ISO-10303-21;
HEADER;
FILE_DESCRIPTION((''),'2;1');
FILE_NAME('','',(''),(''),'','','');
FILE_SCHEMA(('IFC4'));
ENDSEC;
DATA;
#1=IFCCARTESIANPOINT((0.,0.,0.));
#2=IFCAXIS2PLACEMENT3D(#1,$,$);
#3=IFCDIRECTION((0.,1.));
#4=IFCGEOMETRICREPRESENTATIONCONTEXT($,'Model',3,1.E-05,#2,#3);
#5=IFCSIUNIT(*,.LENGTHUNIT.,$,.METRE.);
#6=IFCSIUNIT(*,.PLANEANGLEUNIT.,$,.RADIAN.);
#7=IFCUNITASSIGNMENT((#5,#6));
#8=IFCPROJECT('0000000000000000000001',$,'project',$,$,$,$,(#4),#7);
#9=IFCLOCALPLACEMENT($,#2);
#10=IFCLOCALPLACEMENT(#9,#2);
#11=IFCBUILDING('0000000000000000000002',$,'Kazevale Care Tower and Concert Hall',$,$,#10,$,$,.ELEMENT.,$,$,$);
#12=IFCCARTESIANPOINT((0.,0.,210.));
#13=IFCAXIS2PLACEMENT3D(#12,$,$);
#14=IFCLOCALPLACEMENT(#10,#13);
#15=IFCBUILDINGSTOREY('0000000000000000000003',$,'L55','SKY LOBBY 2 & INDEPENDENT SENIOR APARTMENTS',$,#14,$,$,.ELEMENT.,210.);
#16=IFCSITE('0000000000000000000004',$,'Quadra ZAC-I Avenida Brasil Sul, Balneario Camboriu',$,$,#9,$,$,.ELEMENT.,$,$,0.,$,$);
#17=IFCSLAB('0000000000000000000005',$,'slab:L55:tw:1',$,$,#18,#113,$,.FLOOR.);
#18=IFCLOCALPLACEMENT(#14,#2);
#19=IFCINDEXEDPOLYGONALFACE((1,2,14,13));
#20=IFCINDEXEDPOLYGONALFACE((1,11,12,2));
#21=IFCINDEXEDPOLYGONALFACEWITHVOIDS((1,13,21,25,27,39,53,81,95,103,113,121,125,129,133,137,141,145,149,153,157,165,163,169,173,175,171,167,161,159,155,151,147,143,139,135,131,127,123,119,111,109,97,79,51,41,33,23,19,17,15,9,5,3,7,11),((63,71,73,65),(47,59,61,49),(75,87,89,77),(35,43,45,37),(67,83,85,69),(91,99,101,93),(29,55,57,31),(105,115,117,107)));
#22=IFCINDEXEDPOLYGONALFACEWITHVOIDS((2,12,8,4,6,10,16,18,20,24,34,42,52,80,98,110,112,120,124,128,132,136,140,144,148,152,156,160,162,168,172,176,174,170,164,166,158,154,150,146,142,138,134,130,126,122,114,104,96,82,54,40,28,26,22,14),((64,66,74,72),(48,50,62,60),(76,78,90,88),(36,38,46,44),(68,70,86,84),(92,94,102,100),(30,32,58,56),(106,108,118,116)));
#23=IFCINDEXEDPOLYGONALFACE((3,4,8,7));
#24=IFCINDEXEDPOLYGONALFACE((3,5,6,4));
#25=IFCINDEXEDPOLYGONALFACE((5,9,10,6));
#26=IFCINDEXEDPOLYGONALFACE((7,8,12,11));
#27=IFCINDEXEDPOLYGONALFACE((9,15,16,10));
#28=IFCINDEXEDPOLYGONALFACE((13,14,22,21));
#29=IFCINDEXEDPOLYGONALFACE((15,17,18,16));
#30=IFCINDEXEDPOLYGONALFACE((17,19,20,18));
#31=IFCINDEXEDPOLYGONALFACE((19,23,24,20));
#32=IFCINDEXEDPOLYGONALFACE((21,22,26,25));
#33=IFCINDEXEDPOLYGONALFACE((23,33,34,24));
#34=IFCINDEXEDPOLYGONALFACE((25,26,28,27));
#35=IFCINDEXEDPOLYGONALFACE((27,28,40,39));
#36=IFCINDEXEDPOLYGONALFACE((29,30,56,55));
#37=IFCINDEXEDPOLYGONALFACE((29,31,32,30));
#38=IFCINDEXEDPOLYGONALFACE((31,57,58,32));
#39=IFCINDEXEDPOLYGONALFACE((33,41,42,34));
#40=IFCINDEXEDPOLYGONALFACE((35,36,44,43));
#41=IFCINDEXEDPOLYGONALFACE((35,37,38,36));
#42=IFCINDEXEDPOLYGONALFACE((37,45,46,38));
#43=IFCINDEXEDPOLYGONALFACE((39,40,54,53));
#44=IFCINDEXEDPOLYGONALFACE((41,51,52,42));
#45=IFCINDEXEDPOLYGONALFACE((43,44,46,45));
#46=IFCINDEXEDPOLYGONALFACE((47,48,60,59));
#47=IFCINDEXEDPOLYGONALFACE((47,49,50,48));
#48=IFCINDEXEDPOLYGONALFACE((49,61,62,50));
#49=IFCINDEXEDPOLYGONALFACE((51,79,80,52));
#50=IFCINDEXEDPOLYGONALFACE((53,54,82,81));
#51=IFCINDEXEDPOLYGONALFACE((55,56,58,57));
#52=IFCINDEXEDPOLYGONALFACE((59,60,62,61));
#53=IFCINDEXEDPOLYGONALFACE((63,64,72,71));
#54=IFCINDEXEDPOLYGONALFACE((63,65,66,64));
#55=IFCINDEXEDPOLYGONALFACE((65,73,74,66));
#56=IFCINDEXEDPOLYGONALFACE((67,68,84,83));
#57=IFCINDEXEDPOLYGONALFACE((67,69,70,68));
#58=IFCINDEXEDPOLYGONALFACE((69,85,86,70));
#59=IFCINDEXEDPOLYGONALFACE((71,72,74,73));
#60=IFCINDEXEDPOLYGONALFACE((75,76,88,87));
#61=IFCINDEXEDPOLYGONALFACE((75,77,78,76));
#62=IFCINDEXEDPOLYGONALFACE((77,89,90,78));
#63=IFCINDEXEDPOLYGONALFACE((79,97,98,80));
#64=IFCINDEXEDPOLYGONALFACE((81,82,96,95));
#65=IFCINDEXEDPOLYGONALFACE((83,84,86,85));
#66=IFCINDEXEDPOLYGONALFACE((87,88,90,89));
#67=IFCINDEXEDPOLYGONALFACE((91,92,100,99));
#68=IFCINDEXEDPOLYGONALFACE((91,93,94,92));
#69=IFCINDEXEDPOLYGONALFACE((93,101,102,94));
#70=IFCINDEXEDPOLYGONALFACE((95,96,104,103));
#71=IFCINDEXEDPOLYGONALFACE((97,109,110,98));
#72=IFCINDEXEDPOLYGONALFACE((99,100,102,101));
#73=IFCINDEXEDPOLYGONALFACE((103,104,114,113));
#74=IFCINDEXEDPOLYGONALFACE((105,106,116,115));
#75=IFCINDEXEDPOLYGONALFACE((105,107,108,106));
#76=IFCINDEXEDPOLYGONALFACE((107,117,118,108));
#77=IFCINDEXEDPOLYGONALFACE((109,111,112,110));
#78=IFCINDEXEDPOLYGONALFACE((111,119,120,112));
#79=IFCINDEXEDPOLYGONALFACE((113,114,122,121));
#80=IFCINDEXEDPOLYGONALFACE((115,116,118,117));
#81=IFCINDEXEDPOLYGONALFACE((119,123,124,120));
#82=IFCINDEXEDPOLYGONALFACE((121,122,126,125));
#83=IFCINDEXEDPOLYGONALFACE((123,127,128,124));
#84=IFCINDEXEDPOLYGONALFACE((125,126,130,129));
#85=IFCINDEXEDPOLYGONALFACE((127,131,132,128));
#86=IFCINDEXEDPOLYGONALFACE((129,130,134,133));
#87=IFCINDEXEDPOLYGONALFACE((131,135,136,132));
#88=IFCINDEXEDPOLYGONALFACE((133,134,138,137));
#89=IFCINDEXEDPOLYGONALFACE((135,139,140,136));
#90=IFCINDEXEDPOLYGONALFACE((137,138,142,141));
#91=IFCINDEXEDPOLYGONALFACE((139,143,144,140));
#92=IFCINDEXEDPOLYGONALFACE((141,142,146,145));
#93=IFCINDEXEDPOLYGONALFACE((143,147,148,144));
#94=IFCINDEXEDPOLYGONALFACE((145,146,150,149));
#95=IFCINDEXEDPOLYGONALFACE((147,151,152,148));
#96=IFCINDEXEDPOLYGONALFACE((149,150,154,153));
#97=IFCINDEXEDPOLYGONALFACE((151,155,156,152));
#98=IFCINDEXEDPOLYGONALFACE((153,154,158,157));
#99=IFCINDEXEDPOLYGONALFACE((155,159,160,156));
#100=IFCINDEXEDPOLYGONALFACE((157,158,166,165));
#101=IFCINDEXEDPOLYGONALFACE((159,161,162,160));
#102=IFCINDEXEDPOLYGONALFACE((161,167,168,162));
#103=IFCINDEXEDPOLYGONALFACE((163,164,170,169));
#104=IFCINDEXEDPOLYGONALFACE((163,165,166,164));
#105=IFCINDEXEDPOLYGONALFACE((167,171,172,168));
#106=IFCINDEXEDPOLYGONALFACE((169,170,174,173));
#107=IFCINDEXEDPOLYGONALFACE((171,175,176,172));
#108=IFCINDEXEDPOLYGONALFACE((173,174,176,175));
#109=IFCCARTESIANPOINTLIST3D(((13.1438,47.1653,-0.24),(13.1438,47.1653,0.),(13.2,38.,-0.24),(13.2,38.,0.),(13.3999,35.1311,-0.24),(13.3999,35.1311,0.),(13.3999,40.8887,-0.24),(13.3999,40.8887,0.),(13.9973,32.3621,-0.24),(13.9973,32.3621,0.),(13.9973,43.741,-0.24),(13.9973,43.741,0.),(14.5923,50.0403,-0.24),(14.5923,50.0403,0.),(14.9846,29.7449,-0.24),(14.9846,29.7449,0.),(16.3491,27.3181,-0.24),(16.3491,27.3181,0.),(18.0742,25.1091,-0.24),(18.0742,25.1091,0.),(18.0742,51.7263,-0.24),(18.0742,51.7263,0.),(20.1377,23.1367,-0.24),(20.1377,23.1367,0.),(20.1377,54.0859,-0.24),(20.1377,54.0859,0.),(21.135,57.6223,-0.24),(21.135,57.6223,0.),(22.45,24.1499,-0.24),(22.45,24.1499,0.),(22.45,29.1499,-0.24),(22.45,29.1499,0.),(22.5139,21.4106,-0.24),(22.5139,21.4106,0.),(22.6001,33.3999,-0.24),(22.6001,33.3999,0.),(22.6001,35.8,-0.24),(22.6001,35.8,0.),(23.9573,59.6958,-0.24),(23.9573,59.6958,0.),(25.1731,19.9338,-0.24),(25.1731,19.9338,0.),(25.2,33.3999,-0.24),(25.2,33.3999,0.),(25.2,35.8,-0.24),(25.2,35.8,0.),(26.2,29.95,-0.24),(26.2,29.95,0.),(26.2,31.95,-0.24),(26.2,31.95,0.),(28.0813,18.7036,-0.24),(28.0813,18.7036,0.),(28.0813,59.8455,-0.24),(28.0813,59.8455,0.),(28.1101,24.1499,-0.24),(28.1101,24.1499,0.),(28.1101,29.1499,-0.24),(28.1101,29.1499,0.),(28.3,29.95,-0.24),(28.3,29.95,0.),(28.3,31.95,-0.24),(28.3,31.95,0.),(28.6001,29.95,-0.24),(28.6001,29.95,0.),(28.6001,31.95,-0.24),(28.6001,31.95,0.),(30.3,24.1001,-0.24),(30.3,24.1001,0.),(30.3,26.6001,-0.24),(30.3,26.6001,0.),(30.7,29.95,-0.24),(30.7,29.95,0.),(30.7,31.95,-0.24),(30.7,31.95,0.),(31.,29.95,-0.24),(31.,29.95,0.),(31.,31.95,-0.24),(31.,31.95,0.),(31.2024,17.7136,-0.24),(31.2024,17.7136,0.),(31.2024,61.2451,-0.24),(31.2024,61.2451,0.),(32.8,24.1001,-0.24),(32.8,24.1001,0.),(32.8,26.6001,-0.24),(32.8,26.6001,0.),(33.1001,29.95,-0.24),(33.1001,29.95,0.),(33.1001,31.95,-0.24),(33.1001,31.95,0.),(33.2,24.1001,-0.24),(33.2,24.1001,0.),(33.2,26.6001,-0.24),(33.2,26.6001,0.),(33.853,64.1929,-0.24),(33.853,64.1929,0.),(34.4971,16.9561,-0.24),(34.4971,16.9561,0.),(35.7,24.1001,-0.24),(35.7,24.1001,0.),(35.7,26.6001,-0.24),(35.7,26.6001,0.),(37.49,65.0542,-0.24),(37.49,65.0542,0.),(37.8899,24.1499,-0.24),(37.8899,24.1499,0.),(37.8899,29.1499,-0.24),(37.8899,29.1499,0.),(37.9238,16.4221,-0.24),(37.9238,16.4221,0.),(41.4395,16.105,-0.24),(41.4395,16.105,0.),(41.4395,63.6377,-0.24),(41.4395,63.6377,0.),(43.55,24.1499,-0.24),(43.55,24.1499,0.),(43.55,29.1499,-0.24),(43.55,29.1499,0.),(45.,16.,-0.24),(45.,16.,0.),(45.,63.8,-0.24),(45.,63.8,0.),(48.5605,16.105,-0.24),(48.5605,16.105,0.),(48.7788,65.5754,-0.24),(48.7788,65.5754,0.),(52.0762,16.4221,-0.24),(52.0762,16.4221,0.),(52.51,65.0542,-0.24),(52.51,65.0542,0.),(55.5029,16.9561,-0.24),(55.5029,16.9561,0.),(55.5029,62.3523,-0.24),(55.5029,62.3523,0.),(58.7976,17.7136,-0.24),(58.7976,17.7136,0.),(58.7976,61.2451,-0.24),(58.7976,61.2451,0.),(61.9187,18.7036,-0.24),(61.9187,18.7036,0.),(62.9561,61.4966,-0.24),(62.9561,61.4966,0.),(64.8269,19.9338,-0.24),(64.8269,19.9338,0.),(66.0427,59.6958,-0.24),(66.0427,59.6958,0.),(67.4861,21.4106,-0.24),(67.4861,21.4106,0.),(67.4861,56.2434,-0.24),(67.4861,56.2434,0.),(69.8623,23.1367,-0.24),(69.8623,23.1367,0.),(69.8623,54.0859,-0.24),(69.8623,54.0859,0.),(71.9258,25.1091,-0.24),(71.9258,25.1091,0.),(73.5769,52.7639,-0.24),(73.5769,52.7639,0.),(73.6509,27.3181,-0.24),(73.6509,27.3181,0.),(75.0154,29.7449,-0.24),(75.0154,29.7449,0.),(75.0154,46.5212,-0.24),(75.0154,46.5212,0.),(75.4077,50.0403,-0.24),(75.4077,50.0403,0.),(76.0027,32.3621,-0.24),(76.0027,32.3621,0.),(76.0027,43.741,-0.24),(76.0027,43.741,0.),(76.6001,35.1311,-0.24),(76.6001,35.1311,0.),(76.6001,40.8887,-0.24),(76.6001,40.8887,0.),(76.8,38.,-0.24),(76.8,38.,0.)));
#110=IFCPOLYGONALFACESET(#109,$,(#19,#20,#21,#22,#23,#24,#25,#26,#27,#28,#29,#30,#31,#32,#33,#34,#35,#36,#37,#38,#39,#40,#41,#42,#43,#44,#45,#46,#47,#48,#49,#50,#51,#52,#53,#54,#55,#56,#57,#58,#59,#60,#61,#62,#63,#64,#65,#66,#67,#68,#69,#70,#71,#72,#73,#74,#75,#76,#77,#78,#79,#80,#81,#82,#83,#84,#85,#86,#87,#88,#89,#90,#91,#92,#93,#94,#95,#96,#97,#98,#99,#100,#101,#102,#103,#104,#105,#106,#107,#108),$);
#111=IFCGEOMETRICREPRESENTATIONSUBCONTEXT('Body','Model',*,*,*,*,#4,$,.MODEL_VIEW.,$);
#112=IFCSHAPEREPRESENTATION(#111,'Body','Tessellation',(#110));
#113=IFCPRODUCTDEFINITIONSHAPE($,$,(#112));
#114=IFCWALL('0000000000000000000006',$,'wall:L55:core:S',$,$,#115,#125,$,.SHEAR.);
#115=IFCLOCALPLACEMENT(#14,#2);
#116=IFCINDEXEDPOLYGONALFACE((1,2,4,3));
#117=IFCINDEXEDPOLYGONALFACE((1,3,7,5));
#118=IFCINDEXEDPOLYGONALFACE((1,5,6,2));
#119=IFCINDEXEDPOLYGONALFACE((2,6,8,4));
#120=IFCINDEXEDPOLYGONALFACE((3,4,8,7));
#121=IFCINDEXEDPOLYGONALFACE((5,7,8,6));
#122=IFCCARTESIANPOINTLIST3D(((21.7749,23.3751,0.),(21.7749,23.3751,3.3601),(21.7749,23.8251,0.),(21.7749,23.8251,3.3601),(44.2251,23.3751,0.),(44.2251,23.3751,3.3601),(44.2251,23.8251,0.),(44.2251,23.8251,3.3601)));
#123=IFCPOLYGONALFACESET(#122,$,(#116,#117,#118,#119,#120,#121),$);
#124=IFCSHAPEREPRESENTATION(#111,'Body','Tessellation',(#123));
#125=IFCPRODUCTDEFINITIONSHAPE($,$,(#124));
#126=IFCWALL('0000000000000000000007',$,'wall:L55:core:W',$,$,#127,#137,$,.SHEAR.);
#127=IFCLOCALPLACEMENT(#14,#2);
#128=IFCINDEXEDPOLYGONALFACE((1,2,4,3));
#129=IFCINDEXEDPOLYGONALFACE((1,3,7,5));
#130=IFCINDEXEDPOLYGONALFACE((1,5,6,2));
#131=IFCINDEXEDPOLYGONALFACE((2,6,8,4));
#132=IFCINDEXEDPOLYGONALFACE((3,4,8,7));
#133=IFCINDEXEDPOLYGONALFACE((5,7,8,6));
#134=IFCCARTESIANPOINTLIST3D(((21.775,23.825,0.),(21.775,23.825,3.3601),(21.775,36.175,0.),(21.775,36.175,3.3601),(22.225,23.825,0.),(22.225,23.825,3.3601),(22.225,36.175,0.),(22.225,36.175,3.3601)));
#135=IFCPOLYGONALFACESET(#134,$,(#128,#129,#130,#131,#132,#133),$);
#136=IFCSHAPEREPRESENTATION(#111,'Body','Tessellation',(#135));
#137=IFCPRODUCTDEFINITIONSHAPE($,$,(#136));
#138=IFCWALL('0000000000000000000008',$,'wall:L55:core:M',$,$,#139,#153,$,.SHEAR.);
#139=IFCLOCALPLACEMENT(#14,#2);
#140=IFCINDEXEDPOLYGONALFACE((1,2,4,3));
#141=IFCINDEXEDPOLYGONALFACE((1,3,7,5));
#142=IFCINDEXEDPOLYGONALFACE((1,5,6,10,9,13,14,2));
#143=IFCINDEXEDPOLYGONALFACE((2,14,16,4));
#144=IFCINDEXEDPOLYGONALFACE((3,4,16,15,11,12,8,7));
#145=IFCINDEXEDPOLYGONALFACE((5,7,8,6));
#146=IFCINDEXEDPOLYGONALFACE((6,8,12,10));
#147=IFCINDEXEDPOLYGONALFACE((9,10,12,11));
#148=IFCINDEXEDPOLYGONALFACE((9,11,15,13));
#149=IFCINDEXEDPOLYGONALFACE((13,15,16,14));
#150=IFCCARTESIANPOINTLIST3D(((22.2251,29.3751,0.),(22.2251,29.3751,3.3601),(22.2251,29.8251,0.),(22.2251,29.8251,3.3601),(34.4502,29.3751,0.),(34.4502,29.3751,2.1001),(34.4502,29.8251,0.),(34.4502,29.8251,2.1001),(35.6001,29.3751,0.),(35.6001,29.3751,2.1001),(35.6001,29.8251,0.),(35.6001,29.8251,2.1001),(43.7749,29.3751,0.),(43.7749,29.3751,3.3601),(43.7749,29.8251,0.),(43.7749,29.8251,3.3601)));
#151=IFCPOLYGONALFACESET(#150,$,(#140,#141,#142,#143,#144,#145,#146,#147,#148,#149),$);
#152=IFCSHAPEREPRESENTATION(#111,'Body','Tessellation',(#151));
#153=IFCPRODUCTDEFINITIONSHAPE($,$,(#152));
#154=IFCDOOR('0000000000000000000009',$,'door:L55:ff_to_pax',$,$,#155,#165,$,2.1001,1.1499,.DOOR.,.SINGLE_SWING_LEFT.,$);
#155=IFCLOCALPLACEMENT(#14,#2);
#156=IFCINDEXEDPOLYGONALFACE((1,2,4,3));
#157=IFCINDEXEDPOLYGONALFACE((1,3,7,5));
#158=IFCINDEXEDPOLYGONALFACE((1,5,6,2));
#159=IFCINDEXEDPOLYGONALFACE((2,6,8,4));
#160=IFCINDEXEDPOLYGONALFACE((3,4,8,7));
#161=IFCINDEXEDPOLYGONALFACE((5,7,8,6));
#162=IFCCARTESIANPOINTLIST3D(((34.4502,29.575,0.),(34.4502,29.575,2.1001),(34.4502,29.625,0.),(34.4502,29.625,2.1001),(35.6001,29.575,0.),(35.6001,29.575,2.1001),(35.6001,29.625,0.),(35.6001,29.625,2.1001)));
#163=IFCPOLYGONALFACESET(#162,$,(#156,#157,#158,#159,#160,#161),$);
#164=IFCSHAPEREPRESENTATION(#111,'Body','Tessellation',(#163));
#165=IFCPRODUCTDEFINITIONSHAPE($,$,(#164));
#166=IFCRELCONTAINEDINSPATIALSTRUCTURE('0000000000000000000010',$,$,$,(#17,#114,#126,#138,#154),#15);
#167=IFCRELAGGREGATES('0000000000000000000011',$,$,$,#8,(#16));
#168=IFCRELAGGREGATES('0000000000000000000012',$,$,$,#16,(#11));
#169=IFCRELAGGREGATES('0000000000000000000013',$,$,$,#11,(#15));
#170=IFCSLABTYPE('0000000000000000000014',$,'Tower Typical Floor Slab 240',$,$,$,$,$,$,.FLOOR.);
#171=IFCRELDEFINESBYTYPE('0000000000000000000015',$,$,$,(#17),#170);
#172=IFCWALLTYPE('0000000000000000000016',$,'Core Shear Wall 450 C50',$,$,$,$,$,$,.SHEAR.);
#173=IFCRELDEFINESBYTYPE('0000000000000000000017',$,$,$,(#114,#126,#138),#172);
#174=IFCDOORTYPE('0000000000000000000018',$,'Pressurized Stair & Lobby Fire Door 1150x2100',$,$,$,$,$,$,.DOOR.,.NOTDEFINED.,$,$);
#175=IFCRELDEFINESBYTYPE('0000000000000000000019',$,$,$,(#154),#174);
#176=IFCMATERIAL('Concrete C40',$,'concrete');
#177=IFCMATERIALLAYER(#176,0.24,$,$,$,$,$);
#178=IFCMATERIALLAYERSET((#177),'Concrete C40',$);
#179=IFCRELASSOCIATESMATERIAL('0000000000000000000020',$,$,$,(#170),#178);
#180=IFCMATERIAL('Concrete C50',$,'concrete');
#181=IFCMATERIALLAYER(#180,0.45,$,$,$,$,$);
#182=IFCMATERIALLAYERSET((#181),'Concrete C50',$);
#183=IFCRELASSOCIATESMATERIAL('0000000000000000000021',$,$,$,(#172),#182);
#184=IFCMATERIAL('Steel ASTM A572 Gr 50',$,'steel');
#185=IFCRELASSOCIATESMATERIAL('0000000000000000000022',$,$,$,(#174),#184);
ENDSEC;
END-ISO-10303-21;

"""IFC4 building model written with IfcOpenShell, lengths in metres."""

from ifc_helpers import new_model, si_unit, direction, frame, frame_2d, origin, place, context, subcontext, project, spatial, polyline, rectangle, outline, extrude, material, layer, layer_set, type_object, element, fill, save


model = new_model("IFC4")

# Units and contexts
model_context = context("Model", 3, precision=1e-05, world=origin(), true_north=direction((0.0, 1.0)))
body_context = subcontext(model_context, "Body", "Model", "MODEL_VIEW")
ifc_project = project(units=[si_unit("LENGTHUNIT", "METRE"), si_unit("PLANEANGLEUNIT", "RADIAN")], contexts=[model_context])

# Site, building, storey
site_placement = place(None, origin())
site = spatial("IfcSite", under=ifc_project, at=site_placement, Name="Quadra ZAC-I Avenida Brasil Sul, Balneario Camboriu", CompositionType="ELEMENT", RefElevation=0.0)
building_placement = place(site_placement, origin())
building = spatial("IfcBuilding", under=site, at=building_placement, Name="Kazevale Care Tower and Concert Hall", CompositionType="ELEMENT")
storey_placement = place(building_placement, frame((0.0, 0.0, 210.0)))
storey = spatial("IfcBuildingStorey", under=building, at=storey_placement, Name="L55", Description="SKY LOBBY 2 & INDEPENDENT SENIOR APARTMENTS", CompositionType="ELEMENT", Elevation=210.0)

# Shared definitions
ifc_material_1 = material(Name="Concrete C50", Category="concrete")

# Shared definitions
ifc_material_2 = material(Name="Steel ASTM A572 Gr 50", Category="steel")

# Shared definitions
ifc_material_3 = material(Name="Concrete C40", Category="concrete")

# Slab
ifc_layer_1 = layer(ifc_material_3, 0.24)
ifc_layer_set_1 = layer_set([ifc_layer_1], Name="Concrete C40")
slab_type_1 = type_object("IfcSlabType", Name="Tower Typical Floor Slab 240", PredefinedType="FLOOR", material=ifc_layer_set_1)
slab_1_placement = place(storey_placement, frame((0.0, 0.0, -0.24)))
element("IfcSlab", 1, at=slab_1_placement, inside=storey, type_object=slab_type_1, Name="slab:L55:tw:1", PredefinedType="FLOOR", context=body_context, shape_type="SweptSolid", body=[
    extrude(outline(polyline([(76.8, 38.0), (76.6001, 40.8887), (76.0027, 43.741), (75.0154, 46.5212), (75.4077, 50.0403), (73.5769, 52.7639), (69.8623, 54.0859), (67.4861, 56.2434), (66.0427, 59.6958), (62.9561, 61.4966), (58.7976, 61.2451), (55.5029, 62.3523), (52.51, 65.0542), (48.7788, 65.5754), (45.0, 63.8), (41.4395, 63.6377), (37.49, 65.0542), (33.853, 64.1929), (31.2024, 61.2451), (28.0813, 59.8455), (23.9573, 59.6958), (21.135, 57.6223), (20.1377, 54.0859), (18.0742, 51.7263), (14.5923, 50.0403), (13.1438, 47.1653), (13.9973, 43.741), (13.3999, 40.8887), (13.2, 38.0), (13.3999, 35.1311), (13.9973, 32.3621), (14.9846, 29.7449), (16.3491, 27.3181), (18.0742, 25.1091), (20.1377, 23.1367), (22.5139, 21.4106), (25.1731, 19.9338), (28.0813, 18.7036), (31.2024, 17.7136), (34.4971, 16.9561), (37.9238, 16.4221), (41.4395, 16.105), (45.0, 16.0), (48.5605, 16.105), (52.0762, 16.4221), (55.5029, 16.9561), (58.7976, 17.7136), (61.9187, 18.7036), (64.8269, 19.9338), (67.4861, 21.4106), (69.8623, 23.1367), (71.9258, 25.1091), (73.6509, 27.3181), (75.0154, 29.7449), (76.0027, 32.3621), (76.6001, 35.1311), (76.8, 38.0)]), holes=[polyline([(22.45, 24.1499), (28.1101, 24.1499), (28.1101, 29.1499), (22.45, 29.1499), (22.45, 24.1499)]), polyline([(37.8899, 24.1499), (43.55, 24.1499), (43.55, 29.1499), (37.8899, 29.1499), (37.8899, 24.1499)]), polyline([(30.3, 24.1001), (32.8, 24.1001), (32.8, 26.6001), (30.3, 26.6001), (30.3, 24.1001)]), polyline([(33.2, 24.1001), (35.7, 24.1001), (35.7, 26.6001), (33.2, 26.6001), (33.2, 24.1001)]), polyline([(22.6001, 33.3999), (25.2, 33.3999), (25.2, 35.8), (22.6001, 35.8), (22.6001, 33.3999)]), polyline([(26.2, 29.95), (28.3, 29.95), (28.3, 31.95), (26.2, 31.95), (26.2, 29.95)]), polyline([(28.6001, 29.95), (30.7, 29.95), (30.7, 31.95), (28.6001, 31.95), (28.6001, 29.95)]), polyline([(31.0, 29.95), (33.1001, 29.95), (33.1001, 31.95), (31.0, 31.95), (31.0, 29.95)])]), origin(), (0.0, 0.0, 1.0), 0.24),
])

# Walls
ifc_layer_2 = layer(ifc_material_1, 0.45)
ifc_layer_set_2 = layer_set([ifc_layer_2], Name="Concrete C50")
wall_type_1 = type_object("IfcWallType", Name="Core Shear Wall 450 C50", PredefinedType="SHEAR", material=ifc_layer_set_2)
wall_1_placement = place(storey_placement, frame((21.7749, 23.6001, 0.0), z_axis=(0.0, 0.0, 1.0), x_axis=(1.0, 0.0, 0.0)))
element("IfcWall", 2, at=wall_1_placement, inside=storey, type_object=wall_type_1, Name="wall:L55:core:S", PredefinedType="SHEAR", context=body_context, shape_type="SweptSolid", body=[
    extrude(rectangle(XDim=22.4502, YDim=0.45, at=frame_2d((11.2251, 0.0))), origin(), (0.0, 0.0, 1.0), 3.3601),
])
wall_2_placement = place(storey_placement, frame((22.0, 23.825, 0.0), z_axis=(0.0, 0.0, 1.0), x_axis=(0.0, 1.0, 0.0)))
element("IfcWall", 3, at=wall_2_placement, inside=storey, type_object=wall_type_1, Name="wall:L55:core:W", PredefinedType="SHEAR", context=body_context, shape_type="SweptSolid", body=[
    extrude(rectangle(XDim=12.3501, YDim=0.45, at=frame_2d((6.175, 0.0))), origin(), (0.0, 0.0, 1.0), 3.3601),
])

# Wall, opening, door
wall_3_placement = place(storey_placement, frame((22.2251, 29.6001, 0.0), z_axis=(0.0, 0.0, 1.0), x_axis=(1.0, 0.0, 0.0)))
wall_3 = element("IfcWall", 4, at=wall_3_placement, inside=storey, type_object=wall_type_1, Name="wall:L55:core:M", PredefinedType="SHEAR", context=body_context, shape_type="SweptSolid", body=[
    extrude(rectangle(XDim=21.5498, YDim=0.45, at=frame_2d((10.7749, 0.0))), origin(), (0.0, 0.0, 1.0), 3.3601),
])
opening_1_placement = place(wall_3_placement, frame((12.2251, 0.0, 0.0)))
opening_1 = element("IfcOpeningElement", 5, at=opening_1_placement, cuts=wall_3, PredefinedType="OPENING", context=body_context, shape_type="SweptSolid", body=[
    extrude(rectangle(XDim=1.1499, YDim=2.1001, at=frame_2d((0.575, 1.05))), frame((0.0, 0.2349, 0.0), z_axis=(0.0, -1.0, 0.0), x_axis=(1.0, 0.0, 0.0)), (0.0, 0.0, 1.0), 0.47),
])
door_type_1 = type_object("IfcDoorType", Name="Pressurized Stair & Lobby Fire Door 1150x2100", OperationType="NOTDEFINED", PredefinedType="DOOR", material=ifc_material_2)
door_1_placement = place(opening_1_placement, origin())
door_1 = element("IfcDoor", 6, at=door_1_placement, inside=storey, type_object=door_type_1, Name="door:L55:ff_to_pax", OperationType="SINGLE_SWING_LEFT", OverallHeight=2.1001, OverallWidth=1.1499, PredefinedType="DOOR", context=body_context, shape_type="SweptSolid", body=[
    extrude(rectangle(XDim=1.1499, YDim=2.1001, at=frame_2d((0.575, 1.05))), frame((0.0, 0.0249, 0.0), z_axis=(0.0, -1.0, 0.0), x_axis=(1.0, 0.0, 0.0)), (0.0, 0.0, 1.0), 0.05),
])
fill(opening_1, door_1)

save(model, "model.ifc")
